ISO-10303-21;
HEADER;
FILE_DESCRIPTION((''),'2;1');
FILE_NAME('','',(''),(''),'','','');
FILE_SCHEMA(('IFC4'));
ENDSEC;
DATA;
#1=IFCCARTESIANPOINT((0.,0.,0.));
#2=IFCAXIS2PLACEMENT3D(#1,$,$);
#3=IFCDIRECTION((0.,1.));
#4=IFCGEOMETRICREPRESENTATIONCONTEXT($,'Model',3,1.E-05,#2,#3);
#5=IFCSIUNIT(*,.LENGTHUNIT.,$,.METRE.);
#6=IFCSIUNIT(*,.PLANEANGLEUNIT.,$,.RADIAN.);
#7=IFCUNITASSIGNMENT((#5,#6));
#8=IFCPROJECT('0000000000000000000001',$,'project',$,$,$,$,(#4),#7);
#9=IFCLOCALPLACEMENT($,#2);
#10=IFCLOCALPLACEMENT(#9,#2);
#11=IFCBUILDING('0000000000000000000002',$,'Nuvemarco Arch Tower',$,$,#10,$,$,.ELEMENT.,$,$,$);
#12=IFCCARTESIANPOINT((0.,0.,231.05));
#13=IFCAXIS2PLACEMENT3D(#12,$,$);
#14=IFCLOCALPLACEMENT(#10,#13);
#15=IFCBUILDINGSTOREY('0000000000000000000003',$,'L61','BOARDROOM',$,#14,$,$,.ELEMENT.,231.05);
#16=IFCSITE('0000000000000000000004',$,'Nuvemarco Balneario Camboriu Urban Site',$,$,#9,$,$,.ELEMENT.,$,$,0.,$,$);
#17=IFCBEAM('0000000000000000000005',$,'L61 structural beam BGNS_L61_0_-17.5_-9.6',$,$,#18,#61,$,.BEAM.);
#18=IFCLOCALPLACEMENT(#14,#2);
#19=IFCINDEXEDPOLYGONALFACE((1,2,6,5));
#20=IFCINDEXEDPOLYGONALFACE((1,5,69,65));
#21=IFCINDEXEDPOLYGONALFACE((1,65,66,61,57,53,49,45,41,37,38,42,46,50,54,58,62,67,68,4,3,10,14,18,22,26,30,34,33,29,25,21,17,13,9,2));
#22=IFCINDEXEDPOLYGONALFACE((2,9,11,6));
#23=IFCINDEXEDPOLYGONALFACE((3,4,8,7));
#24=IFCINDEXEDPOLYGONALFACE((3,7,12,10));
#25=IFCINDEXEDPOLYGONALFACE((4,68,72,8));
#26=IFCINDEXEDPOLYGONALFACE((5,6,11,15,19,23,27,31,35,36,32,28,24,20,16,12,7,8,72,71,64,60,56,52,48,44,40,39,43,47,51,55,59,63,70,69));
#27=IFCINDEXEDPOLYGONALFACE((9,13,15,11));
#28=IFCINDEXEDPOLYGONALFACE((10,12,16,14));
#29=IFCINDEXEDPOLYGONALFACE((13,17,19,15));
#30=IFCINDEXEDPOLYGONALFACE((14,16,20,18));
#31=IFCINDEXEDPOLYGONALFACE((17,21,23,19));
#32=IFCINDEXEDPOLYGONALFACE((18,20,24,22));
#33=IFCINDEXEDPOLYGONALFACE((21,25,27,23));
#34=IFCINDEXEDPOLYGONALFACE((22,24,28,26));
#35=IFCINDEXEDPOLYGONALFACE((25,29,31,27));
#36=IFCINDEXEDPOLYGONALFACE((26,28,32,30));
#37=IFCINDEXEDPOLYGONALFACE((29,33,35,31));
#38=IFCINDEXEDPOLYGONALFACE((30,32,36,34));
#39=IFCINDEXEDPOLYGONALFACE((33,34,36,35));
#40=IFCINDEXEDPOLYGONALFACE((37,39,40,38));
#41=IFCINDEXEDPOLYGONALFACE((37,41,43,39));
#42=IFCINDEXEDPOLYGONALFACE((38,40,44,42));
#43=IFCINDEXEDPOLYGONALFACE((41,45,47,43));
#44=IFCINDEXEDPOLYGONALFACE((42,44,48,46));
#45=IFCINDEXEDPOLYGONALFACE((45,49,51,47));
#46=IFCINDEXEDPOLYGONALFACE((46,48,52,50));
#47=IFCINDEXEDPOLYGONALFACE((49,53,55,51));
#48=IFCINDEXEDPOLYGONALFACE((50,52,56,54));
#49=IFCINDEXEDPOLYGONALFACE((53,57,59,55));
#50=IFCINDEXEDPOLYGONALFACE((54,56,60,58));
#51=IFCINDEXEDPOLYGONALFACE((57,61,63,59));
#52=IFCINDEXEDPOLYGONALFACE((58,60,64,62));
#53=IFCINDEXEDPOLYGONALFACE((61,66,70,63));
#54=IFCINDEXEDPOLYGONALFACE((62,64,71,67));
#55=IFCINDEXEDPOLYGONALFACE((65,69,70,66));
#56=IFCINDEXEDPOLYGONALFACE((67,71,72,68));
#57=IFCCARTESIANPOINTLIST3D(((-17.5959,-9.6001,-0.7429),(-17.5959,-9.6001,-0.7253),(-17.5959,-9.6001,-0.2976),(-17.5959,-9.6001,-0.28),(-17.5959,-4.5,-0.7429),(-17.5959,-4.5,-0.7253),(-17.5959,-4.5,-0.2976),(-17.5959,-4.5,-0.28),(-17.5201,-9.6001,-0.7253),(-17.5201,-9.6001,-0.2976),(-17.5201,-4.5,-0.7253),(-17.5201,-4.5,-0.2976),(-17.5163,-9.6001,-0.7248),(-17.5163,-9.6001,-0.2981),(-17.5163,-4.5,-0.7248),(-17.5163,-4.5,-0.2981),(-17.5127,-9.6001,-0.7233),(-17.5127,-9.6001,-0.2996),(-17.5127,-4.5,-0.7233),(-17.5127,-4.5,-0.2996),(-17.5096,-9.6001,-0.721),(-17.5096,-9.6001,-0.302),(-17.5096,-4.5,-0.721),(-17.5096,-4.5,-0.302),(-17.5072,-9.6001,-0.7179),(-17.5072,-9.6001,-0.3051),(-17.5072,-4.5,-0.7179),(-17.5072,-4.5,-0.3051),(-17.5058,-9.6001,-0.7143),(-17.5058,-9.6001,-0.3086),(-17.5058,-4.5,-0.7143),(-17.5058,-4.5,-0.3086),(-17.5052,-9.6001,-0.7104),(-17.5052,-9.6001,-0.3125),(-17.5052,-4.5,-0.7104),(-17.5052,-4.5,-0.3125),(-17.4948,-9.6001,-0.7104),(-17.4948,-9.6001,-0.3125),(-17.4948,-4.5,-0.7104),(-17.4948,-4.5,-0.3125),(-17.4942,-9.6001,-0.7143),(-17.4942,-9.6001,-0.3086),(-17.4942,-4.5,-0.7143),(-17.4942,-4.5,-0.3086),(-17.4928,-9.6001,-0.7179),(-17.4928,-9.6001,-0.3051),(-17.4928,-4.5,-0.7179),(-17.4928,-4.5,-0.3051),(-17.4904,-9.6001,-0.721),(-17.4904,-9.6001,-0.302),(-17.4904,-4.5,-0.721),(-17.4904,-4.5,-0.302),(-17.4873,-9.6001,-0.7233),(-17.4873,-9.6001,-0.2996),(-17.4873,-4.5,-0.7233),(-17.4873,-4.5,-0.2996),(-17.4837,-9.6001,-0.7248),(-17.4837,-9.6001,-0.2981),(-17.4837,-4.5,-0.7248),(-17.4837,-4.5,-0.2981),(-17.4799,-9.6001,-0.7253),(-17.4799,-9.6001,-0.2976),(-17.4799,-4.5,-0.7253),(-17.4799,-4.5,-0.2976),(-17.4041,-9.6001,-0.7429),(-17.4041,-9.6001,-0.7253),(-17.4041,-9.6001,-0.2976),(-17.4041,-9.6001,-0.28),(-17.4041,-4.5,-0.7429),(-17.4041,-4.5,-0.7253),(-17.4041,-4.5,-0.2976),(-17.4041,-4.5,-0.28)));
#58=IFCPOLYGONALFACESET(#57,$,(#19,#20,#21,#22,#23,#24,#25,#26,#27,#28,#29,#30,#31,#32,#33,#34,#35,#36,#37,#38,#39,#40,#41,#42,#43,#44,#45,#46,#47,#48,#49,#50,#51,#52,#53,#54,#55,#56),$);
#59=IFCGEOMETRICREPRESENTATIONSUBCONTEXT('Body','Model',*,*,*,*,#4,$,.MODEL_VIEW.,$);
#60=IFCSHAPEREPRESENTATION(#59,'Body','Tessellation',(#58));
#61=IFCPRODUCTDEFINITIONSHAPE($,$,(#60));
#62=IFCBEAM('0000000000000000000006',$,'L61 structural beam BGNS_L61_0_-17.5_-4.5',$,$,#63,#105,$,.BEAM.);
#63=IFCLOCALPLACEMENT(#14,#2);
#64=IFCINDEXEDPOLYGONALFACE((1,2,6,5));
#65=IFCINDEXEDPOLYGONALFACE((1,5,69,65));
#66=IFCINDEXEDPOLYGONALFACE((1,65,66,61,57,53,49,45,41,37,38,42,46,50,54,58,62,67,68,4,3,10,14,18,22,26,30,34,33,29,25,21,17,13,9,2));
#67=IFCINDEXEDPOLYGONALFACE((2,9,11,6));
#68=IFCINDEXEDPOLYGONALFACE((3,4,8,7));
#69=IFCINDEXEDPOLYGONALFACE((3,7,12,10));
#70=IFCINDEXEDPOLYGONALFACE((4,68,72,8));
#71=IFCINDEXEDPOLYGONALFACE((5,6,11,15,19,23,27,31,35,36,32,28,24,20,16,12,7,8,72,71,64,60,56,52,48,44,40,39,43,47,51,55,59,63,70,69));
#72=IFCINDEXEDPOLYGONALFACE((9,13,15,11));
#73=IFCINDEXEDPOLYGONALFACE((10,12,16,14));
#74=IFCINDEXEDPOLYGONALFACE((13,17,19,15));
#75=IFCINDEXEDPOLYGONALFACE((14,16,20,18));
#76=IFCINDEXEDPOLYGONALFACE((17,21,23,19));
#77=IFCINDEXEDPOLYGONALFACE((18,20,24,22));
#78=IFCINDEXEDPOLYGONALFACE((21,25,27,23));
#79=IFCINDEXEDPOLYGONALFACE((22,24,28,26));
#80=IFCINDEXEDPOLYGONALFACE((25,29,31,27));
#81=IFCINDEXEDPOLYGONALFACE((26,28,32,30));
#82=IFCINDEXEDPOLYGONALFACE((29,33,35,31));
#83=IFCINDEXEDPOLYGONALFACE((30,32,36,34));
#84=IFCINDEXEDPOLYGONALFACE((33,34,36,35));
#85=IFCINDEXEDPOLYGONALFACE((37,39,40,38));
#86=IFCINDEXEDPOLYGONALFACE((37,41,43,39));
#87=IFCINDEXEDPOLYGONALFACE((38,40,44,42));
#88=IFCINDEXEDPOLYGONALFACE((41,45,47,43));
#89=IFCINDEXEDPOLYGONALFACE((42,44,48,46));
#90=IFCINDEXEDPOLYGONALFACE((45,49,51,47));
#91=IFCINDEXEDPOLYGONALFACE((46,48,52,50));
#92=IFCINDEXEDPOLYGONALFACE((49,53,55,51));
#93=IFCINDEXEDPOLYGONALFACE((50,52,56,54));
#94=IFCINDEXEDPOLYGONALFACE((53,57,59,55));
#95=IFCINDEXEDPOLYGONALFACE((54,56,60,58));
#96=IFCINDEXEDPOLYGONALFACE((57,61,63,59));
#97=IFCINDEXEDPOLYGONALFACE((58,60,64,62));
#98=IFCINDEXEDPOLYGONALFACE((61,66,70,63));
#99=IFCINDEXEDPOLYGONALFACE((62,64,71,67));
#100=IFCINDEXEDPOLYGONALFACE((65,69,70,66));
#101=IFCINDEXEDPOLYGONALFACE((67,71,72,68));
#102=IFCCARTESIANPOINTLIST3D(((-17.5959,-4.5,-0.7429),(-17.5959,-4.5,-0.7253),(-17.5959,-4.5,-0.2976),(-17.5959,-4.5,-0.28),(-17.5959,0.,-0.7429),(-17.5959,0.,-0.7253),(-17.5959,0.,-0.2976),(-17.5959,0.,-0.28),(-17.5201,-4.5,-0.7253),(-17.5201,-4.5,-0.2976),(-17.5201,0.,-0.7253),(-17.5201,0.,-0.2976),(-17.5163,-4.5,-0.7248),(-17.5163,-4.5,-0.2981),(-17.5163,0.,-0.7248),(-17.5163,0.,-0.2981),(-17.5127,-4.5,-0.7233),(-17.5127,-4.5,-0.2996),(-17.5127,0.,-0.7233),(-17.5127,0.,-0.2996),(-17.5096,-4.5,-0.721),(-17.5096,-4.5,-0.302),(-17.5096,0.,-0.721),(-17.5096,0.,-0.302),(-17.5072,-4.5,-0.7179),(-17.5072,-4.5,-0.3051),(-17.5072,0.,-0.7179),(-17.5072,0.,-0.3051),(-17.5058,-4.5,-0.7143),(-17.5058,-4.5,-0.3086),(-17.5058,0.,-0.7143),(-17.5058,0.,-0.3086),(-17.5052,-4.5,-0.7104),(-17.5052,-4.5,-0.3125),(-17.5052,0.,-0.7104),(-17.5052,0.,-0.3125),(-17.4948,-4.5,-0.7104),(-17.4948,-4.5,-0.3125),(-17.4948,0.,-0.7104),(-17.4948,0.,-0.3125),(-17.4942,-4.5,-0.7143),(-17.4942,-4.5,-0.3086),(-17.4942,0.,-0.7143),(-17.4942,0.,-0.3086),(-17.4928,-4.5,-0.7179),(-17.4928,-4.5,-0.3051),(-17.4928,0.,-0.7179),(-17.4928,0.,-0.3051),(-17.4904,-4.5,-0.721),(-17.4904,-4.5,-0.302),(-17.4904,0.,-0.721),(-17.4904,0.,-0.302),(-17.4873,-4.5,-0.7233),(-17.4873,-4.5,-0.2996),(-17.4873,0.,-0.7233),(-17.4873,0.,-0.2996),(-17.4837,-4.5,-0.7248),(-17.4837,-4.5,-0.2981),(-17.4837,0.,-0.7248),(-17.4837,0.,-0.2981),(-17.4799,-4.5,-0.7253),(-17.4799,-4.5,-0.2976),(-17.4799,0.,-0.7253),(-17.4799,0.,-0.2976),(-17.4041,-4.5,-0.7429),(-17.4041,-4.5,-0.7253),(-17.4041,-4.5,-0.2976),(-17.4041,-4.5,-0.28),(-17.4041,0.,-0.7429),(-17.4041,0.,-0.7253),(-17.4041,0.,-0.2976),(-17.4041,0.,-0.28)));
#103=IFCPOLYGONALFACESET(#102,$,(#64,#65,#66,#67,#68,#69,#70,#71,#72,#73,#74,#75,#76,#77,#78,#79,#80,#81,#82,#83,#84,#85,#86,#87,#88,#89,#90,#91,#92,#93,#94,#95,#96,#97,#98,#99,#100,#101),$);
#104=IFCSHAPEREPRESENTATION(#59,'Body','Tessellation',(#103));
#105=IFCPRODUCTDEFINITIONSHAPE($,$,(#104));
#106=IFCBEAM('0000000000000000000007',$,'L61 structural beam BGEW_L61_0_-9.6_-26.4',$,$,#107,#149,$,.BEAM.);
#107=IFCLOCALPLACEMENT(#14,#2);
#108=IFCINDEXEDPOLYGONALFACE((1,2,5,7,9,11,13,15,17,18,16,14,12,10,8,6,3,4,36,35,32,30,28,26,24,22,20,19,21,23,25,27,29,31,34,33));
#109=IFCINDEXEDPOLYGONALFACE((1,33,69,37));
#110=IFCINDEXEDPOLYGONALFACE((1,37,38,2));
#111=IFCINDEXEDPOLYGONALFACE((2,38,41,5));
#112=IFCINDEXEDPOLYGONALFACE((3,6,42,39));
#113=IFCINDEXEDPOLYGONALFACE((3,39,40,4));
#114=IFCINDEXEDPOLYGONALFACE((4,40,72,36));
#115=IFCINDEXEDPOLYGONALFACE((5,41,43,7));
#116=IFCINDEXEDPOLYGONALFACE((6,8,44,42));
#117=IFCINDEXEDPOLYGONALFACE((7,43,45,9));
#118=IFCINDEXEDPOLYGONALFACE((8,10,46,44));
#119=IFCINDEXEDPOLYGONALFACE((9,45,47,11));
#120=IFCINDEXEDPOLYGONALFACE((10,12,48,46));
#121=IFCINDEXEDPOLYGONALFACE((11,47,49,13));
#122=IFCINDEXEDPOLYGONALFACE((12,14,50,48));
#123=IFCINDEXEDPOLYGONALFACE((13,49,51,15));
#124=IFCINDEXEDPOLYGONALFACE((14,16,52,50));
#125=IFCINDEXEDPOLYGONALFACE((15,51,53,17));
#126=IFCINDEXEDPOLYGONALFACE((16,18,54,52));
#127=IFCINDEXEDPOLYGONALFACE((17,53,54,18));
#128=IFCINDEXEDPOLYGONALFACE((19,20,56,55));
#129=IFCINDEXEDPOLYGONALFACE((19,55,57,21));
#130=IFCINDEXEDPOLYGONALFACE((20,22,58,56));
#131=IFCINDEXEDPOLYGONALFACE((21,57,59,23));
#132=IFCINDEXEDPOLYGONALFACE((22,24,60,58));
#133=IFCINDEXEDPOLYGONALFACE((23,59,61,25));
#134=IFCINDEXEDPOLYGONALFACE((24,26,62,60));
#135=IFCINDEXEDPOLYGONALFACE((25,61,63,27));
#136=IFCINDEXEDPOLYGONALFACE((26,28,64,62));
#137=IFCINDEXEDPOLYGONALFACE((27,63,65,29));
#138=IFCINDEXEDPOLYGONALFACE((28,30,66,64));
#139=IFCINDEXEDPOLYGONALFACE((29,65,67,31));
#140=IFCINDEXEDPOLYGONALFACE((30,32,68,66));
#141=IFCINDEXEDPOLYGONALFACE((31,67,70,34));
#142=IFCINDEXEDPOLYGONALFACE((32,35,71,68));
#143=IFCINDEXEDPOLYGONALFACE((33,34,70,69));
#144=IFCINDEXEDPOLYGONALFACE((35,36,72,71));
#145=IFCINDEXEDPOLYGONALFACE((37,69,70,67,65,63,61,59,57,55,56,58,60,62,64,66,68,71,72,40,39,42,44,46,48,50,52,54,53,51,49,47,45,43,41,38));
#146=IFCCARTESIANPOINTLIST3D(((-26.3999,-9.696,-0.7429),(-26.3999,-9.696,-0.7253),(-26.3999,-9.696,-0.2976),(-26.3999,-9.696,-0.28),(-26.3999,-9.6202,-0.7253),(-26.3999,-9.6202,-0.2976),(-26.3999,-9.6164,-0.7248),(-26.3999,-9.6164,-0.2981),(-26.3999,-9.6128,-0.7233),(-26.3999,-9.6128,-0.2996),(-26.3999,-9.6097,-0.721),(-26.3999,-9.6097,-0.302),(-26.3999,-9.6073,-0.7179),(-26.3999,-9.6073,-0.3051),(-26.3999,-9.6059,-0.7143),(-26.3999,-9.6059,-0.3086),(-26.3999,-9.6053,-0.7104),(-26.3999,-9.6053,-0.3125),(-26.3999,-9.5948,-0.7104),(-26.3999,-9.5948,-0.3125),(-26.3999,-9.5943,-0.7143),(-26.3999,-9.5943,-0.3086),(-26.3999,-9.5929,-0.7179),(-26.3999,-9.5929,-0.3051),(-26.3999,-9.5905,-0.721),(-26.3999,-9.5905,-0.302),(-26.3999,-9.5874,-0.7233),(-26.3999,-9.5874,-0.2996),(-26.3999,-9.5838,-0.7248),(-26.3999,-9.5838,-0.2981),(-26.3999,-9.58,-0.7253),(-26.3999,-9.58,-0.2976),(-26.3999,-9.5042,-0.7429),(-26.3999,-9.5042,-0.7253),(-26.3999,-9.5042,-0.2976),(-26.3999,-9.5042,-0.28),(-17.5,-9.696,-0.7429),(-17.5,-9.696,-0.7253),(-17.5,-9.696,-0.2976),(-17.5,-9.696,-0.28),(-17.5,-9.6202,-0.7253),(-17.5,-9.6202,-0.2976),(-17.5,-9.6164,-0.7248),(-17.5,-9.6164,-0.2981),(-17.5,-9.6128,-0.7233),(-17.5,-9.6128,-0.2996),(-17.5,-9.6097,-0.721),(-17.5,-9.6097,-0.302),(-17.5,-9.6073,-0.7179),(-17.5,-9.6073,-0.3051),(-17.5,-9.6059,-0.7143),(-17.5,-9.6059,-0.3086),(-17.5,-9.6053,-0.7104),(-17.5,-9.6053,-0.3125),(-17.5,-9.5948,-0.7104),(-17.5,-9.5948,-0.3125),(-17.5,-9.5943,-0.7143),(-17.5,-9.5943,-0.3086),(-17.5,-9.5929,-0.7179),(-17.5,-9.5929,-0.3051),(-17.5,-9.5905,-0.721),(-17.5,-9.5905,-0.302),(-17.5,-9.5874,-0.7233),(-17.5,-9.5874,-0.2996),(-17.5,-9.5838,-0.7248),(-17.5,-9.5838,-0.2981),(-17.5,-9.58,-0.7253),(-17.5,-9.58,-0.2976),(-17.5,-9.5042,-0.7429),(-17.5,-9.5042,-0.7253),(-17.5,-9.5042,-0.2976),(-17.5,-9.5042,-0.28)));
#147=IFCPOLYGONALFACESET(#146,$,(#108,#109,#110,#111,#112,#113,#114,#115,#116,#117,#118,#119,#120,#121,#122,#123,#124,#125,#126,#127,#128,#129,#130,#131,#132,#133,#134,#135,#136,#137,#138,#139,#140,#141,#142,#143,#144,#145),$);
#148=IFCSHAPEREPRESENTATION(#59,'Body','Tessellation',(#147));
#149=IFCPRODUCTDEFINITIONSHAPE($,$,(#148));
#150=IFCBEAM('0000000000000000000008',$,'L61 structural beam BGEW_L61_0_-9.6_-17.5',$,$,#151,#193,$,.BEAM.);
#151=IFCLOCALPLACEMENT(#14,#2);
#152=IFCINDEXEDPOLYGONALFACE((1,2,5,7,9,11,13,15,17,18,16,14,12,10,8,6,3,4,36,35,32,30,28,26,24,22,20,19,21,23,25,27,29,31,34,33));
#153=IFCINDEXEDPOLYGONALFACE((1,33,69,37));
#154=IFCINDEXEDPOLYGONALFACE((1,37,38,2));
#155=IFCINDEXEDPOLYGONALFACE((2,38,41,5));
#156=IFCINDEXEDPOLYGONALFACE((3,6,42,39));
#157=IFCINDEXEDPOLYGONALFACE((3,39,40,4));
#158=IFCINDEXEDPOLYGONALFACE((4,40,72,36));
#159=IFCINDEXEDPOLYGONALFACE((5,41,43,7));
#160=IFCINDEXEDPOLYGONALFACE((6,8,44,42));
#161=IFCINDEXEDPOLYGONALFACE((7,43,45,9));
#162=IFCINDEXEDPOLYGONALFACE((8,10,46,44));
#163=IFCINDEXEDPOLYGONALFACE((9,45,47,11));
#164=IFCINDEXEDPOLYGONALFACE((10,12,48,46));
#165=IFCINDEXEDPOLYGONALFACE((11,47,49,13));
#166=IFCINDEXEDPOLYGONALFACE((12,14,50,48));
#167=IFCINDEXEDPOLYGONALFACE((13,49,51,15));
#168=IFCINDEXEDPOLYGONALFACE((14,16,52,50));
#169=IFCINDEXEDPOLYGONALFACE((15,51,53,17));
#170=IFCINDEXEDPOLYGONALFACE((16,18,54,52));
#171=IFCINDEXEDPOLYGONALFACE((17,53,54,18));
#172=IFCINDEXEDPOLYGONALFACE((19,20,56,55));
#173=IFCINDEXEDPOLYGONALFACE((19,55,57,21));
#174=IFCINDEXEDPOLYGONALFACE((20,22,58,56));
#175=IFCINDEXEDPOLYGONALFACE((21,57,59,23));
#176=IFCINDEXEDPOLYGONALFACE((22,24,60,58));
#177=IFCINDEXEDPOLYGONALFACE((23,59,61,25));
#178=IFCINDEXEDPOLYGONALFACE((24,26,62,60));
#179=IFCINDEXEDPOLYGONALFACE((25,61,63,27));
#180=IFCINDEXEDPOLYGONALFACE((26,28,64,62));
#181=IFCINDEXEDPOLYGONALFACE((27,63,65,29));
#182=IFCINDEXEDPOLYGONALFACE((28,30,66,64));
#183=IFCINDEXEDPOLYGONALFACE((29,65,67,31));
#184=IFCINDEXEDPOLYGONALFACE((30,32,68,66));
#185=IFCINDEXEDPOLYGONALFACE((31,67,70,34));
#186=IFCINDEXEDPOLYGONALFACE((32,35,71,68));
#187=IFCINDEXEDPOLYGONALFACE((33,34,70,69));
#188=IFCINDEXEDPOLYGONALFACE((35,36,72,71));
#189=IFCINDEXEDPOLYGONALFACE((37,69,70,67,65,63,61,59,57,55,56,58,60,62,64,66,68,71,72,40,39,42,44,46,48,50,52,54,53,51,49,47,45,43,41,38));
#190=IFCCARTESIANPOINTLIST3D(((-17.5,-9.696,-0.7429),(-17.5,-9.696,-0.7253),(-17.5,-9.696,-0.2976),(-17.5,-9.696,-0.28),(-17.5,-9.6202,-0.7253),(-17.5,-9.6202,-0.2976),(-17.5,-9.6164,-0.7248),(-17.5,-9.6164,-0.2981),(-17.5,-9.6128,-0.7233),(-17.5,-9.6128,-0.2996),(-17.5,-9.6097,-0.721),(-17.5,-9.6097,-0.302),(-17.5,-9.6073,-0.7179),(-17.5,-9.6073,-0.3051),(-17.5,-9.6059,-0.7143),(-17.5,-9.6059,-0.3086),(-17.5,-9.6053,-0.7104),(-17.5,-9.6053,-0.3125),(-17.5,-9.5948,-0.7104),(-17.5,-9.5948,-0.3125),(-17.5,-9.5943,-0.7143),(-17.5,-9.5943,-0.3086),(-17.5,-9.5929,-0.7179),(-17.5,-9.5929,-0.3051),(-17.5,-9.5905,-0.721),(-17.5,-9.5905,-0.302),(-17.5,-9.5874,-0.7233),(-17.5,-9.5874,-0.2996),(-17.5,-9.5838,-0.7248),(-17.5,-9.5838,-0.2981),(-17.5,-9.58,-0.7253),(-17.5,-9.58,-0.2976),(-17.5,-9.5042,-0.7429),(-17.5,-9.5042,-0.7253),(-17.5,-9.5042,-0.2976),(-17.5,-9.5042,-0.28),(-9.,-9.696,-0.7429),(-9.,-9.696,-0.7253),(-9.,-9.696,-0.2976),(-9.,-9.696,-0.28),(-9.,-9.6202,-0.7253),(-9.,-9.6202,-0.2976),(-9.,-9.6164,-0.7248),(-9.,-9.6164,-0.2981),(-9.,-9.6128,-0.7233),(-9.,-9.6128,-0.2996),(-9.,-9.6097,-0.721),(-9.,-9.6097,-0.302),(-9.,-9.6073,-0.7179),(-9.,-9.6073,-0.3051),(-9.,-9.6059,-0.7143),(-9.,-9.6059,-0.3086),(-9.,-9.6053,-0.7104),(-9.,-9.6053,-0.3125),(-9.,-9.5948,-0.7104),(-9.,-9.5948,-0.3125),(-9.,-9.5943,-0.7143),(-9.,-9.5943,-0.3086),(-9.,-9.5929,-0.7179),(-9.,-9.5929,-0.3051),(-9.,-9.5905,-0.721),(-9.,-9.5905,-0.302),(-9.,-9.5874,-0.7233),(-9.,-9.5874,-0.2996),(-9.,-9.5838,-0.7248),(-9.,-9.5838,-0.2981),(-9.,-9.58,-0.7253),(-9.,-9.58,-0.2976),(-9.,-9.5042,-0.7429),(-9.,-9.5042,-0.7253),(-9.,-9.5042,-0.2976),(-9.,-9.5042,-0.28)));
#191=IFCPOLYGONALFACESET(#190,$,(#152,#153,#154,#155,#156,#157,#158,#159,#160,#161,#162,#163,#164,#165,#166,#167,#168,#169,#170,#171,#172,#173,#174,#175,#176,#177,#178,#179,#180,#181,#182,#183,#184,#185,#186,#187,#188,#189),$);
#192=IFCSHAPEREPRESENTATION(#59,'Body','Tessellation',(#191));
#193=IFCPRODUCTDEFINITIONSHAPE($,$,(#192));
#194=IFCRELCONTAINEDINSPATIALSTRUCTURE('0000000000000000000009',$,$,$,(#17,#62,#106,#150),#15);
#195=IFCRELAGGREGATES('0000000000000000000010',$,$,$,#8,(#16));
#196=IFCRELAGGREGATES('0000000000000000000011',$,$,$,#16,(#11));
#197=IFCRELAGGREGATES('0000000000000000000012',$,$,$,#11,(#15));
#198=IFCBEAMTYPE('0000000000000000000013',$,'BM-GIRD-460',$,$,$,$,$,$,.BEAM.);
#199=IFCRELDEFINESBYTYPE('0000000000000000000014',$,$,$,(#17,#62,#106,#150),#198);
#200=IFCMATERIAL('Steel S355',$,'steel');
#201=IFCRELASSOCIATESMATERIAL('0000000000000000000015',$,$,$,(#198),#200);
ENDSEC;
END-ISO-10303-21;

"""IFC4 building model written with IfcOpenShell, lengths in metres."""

from ifc_helpers import new_model, si_unit, direction, frame, origin, origin_2d, place, context, subcontext, project, spatial, i_section, extrude, material, material_profile, profile_set, type_object, element, save


model = new_model("IFC4")

# Units and contexts
model_context = context("Model", 3, precision=1e-05, world=origin(), true_north=direction((0.0, 1.0)))
body_context = subcontext(model_context, "Body", "Model", "MODEL_VIEW")
ifc_project = project(units=[si_unit("LENGTHUNIT", "METRE"), si_unit("PLANEANGLEUNIT", "RADIAN")], contexts=[model_context])

# Site, building, storey
site_placement = place(None, origin())
site = spatial("IfcSite", under=ifc_project, at=site_placement, Name="Nuvemarco Balneario Camboriu Urban Site", CompositionType="ELEMENT", RefElevation=0.0)
building_placement = place(site_placement, origin())
building = spatial("IfcBuilding", under=site, at=building_placement, Name="Nuvemarco Arch Tower", CompositionType="ELEMENT")
storey_placement = place(building_placement, frame((0.0, 0.0, 231.05)))
storey = spatial("IfcBuildingStorey", under=building, at=storey_placement, Name="L61", Description="BOARDROOM", CompositionType="ELEMENT", Elevation=231.05)

# Shared definitions
ifc_material_1 = material(Name="Steel S355", Category="steel")

# Beams
ifc_material_profile_1 = material_profile(ifc_material_1, i_section(OverallWidth=0.1919, OverallDepth=0.4629, WebThickness=0.0105, FlangeThickness=0.0176, FilletRadius=0.0149, at=origin_2d()), Name="W460x89")
ifc_profile_set_1 = profile_set([ifc_material_profile_1], Name="Steel S355")
beam_type_1 = type_object("IfcBeamType", Name="BM-GIRD-460", PredefinedType="BEAM", material=ifc_profile_set_1)
beam_1_placement = place(storey_placement, frame((-17.5, -9.6001, -0.5115), z_axis=(0.0, 1.0, 0.0), x_axis=(-1.0, 0.0, 0.0)))
element("IfcBeam", 1, at=beam_1_placement, inside=storey, type_object=beam_type_1, Name="L61 structural beam BGNS_L61_0_-17.5_-9.6", PredefinedType="BEAM", context=body_context, shape_type="SweptSolid", body=[
    extrude(i_section(OverallWidth=0.1919, OverallDepth=0.4629, WebThickness=0.0105, FlangeThickness=0.0176, FilletRadius=0.0149, at=origin_2d()), origin(), (0.0, 0.0, 1.0), 5.1001),
])
beam_2_placement = place(storey_placement, frame((-17.5, -4.5, -0.5115), z_axis=(0.0, 1.0, 0.0), x_axis=(-1.0, 0.0, 0.0)))
element("IfcBeam", 2, at=beam_2_placement, inside=storey, type_object=beam_type_1, Name="L61 structural beam BGNS_L61_0_-17.5_-4.5", PredefinedType="BEAM", context=body_context, shape_type="SweptSolid", body=[
    extrude(i_section(OverallWidth=0.1919, OverallDepth=0.4629, WebThickness=0.0105, FlangeThickness=0.0176, FilletRadius=0.0149, at=origin_2d()), origin(), (0.0, 0.0, 1.0), 4.5),
])
beam_3_placement = place(storey_placement, frame((-26.3999, -9.6001, -0.5115), z_axis=(1.0, 0.0, 0.0), x_axis=(0.0, 1.0, 0.0)))
element("IfcBeam", 3, at=beam_3_placement, inside=storey, type_object=beam_type_1, Name="L61 structural beam BGEW_L61_0_-9.6_-26.4", PredefinedType="BEAM", context=body_context, shape_type="SweptSolid", body=[
    extrude(i_section(OverallWidth=0.1919, OverallDepth=0.4629, WebThickness=0.0105, FlangeThickness=0.0176, FilletRadius=0.0149, at=origin_2d()), origin(), (0.0, 0.0, 1.0), 8.8999),
])
beam_4_placement = place(storey_placement, frame((-17.5, -9.6001, -0.5115), z_axis=(1.0, 0.0, 0.0), x_axis=(0.0, 1.0, 0.0)))
element("IfcBeam", 4, at=beam_4_placement, inside=storey, type_object=beam_type_1, Name="L61 structural beam BGEW_L61_0_-9.6_-17.5", PredefinedType="BEAM", context=body_context, shape_type="SweptSolid", body=[
    extrude(i_section(OverallWidth=0.1919, OverallDepth=0.4629, WebThickness=0.0105, FlangeThickness=0.0176, FilletRadius=0.0149, at=origin_2d()), origin(), (0.0, 0.0, 1.0), 8.5),
])

save(model, "model.ifc")
